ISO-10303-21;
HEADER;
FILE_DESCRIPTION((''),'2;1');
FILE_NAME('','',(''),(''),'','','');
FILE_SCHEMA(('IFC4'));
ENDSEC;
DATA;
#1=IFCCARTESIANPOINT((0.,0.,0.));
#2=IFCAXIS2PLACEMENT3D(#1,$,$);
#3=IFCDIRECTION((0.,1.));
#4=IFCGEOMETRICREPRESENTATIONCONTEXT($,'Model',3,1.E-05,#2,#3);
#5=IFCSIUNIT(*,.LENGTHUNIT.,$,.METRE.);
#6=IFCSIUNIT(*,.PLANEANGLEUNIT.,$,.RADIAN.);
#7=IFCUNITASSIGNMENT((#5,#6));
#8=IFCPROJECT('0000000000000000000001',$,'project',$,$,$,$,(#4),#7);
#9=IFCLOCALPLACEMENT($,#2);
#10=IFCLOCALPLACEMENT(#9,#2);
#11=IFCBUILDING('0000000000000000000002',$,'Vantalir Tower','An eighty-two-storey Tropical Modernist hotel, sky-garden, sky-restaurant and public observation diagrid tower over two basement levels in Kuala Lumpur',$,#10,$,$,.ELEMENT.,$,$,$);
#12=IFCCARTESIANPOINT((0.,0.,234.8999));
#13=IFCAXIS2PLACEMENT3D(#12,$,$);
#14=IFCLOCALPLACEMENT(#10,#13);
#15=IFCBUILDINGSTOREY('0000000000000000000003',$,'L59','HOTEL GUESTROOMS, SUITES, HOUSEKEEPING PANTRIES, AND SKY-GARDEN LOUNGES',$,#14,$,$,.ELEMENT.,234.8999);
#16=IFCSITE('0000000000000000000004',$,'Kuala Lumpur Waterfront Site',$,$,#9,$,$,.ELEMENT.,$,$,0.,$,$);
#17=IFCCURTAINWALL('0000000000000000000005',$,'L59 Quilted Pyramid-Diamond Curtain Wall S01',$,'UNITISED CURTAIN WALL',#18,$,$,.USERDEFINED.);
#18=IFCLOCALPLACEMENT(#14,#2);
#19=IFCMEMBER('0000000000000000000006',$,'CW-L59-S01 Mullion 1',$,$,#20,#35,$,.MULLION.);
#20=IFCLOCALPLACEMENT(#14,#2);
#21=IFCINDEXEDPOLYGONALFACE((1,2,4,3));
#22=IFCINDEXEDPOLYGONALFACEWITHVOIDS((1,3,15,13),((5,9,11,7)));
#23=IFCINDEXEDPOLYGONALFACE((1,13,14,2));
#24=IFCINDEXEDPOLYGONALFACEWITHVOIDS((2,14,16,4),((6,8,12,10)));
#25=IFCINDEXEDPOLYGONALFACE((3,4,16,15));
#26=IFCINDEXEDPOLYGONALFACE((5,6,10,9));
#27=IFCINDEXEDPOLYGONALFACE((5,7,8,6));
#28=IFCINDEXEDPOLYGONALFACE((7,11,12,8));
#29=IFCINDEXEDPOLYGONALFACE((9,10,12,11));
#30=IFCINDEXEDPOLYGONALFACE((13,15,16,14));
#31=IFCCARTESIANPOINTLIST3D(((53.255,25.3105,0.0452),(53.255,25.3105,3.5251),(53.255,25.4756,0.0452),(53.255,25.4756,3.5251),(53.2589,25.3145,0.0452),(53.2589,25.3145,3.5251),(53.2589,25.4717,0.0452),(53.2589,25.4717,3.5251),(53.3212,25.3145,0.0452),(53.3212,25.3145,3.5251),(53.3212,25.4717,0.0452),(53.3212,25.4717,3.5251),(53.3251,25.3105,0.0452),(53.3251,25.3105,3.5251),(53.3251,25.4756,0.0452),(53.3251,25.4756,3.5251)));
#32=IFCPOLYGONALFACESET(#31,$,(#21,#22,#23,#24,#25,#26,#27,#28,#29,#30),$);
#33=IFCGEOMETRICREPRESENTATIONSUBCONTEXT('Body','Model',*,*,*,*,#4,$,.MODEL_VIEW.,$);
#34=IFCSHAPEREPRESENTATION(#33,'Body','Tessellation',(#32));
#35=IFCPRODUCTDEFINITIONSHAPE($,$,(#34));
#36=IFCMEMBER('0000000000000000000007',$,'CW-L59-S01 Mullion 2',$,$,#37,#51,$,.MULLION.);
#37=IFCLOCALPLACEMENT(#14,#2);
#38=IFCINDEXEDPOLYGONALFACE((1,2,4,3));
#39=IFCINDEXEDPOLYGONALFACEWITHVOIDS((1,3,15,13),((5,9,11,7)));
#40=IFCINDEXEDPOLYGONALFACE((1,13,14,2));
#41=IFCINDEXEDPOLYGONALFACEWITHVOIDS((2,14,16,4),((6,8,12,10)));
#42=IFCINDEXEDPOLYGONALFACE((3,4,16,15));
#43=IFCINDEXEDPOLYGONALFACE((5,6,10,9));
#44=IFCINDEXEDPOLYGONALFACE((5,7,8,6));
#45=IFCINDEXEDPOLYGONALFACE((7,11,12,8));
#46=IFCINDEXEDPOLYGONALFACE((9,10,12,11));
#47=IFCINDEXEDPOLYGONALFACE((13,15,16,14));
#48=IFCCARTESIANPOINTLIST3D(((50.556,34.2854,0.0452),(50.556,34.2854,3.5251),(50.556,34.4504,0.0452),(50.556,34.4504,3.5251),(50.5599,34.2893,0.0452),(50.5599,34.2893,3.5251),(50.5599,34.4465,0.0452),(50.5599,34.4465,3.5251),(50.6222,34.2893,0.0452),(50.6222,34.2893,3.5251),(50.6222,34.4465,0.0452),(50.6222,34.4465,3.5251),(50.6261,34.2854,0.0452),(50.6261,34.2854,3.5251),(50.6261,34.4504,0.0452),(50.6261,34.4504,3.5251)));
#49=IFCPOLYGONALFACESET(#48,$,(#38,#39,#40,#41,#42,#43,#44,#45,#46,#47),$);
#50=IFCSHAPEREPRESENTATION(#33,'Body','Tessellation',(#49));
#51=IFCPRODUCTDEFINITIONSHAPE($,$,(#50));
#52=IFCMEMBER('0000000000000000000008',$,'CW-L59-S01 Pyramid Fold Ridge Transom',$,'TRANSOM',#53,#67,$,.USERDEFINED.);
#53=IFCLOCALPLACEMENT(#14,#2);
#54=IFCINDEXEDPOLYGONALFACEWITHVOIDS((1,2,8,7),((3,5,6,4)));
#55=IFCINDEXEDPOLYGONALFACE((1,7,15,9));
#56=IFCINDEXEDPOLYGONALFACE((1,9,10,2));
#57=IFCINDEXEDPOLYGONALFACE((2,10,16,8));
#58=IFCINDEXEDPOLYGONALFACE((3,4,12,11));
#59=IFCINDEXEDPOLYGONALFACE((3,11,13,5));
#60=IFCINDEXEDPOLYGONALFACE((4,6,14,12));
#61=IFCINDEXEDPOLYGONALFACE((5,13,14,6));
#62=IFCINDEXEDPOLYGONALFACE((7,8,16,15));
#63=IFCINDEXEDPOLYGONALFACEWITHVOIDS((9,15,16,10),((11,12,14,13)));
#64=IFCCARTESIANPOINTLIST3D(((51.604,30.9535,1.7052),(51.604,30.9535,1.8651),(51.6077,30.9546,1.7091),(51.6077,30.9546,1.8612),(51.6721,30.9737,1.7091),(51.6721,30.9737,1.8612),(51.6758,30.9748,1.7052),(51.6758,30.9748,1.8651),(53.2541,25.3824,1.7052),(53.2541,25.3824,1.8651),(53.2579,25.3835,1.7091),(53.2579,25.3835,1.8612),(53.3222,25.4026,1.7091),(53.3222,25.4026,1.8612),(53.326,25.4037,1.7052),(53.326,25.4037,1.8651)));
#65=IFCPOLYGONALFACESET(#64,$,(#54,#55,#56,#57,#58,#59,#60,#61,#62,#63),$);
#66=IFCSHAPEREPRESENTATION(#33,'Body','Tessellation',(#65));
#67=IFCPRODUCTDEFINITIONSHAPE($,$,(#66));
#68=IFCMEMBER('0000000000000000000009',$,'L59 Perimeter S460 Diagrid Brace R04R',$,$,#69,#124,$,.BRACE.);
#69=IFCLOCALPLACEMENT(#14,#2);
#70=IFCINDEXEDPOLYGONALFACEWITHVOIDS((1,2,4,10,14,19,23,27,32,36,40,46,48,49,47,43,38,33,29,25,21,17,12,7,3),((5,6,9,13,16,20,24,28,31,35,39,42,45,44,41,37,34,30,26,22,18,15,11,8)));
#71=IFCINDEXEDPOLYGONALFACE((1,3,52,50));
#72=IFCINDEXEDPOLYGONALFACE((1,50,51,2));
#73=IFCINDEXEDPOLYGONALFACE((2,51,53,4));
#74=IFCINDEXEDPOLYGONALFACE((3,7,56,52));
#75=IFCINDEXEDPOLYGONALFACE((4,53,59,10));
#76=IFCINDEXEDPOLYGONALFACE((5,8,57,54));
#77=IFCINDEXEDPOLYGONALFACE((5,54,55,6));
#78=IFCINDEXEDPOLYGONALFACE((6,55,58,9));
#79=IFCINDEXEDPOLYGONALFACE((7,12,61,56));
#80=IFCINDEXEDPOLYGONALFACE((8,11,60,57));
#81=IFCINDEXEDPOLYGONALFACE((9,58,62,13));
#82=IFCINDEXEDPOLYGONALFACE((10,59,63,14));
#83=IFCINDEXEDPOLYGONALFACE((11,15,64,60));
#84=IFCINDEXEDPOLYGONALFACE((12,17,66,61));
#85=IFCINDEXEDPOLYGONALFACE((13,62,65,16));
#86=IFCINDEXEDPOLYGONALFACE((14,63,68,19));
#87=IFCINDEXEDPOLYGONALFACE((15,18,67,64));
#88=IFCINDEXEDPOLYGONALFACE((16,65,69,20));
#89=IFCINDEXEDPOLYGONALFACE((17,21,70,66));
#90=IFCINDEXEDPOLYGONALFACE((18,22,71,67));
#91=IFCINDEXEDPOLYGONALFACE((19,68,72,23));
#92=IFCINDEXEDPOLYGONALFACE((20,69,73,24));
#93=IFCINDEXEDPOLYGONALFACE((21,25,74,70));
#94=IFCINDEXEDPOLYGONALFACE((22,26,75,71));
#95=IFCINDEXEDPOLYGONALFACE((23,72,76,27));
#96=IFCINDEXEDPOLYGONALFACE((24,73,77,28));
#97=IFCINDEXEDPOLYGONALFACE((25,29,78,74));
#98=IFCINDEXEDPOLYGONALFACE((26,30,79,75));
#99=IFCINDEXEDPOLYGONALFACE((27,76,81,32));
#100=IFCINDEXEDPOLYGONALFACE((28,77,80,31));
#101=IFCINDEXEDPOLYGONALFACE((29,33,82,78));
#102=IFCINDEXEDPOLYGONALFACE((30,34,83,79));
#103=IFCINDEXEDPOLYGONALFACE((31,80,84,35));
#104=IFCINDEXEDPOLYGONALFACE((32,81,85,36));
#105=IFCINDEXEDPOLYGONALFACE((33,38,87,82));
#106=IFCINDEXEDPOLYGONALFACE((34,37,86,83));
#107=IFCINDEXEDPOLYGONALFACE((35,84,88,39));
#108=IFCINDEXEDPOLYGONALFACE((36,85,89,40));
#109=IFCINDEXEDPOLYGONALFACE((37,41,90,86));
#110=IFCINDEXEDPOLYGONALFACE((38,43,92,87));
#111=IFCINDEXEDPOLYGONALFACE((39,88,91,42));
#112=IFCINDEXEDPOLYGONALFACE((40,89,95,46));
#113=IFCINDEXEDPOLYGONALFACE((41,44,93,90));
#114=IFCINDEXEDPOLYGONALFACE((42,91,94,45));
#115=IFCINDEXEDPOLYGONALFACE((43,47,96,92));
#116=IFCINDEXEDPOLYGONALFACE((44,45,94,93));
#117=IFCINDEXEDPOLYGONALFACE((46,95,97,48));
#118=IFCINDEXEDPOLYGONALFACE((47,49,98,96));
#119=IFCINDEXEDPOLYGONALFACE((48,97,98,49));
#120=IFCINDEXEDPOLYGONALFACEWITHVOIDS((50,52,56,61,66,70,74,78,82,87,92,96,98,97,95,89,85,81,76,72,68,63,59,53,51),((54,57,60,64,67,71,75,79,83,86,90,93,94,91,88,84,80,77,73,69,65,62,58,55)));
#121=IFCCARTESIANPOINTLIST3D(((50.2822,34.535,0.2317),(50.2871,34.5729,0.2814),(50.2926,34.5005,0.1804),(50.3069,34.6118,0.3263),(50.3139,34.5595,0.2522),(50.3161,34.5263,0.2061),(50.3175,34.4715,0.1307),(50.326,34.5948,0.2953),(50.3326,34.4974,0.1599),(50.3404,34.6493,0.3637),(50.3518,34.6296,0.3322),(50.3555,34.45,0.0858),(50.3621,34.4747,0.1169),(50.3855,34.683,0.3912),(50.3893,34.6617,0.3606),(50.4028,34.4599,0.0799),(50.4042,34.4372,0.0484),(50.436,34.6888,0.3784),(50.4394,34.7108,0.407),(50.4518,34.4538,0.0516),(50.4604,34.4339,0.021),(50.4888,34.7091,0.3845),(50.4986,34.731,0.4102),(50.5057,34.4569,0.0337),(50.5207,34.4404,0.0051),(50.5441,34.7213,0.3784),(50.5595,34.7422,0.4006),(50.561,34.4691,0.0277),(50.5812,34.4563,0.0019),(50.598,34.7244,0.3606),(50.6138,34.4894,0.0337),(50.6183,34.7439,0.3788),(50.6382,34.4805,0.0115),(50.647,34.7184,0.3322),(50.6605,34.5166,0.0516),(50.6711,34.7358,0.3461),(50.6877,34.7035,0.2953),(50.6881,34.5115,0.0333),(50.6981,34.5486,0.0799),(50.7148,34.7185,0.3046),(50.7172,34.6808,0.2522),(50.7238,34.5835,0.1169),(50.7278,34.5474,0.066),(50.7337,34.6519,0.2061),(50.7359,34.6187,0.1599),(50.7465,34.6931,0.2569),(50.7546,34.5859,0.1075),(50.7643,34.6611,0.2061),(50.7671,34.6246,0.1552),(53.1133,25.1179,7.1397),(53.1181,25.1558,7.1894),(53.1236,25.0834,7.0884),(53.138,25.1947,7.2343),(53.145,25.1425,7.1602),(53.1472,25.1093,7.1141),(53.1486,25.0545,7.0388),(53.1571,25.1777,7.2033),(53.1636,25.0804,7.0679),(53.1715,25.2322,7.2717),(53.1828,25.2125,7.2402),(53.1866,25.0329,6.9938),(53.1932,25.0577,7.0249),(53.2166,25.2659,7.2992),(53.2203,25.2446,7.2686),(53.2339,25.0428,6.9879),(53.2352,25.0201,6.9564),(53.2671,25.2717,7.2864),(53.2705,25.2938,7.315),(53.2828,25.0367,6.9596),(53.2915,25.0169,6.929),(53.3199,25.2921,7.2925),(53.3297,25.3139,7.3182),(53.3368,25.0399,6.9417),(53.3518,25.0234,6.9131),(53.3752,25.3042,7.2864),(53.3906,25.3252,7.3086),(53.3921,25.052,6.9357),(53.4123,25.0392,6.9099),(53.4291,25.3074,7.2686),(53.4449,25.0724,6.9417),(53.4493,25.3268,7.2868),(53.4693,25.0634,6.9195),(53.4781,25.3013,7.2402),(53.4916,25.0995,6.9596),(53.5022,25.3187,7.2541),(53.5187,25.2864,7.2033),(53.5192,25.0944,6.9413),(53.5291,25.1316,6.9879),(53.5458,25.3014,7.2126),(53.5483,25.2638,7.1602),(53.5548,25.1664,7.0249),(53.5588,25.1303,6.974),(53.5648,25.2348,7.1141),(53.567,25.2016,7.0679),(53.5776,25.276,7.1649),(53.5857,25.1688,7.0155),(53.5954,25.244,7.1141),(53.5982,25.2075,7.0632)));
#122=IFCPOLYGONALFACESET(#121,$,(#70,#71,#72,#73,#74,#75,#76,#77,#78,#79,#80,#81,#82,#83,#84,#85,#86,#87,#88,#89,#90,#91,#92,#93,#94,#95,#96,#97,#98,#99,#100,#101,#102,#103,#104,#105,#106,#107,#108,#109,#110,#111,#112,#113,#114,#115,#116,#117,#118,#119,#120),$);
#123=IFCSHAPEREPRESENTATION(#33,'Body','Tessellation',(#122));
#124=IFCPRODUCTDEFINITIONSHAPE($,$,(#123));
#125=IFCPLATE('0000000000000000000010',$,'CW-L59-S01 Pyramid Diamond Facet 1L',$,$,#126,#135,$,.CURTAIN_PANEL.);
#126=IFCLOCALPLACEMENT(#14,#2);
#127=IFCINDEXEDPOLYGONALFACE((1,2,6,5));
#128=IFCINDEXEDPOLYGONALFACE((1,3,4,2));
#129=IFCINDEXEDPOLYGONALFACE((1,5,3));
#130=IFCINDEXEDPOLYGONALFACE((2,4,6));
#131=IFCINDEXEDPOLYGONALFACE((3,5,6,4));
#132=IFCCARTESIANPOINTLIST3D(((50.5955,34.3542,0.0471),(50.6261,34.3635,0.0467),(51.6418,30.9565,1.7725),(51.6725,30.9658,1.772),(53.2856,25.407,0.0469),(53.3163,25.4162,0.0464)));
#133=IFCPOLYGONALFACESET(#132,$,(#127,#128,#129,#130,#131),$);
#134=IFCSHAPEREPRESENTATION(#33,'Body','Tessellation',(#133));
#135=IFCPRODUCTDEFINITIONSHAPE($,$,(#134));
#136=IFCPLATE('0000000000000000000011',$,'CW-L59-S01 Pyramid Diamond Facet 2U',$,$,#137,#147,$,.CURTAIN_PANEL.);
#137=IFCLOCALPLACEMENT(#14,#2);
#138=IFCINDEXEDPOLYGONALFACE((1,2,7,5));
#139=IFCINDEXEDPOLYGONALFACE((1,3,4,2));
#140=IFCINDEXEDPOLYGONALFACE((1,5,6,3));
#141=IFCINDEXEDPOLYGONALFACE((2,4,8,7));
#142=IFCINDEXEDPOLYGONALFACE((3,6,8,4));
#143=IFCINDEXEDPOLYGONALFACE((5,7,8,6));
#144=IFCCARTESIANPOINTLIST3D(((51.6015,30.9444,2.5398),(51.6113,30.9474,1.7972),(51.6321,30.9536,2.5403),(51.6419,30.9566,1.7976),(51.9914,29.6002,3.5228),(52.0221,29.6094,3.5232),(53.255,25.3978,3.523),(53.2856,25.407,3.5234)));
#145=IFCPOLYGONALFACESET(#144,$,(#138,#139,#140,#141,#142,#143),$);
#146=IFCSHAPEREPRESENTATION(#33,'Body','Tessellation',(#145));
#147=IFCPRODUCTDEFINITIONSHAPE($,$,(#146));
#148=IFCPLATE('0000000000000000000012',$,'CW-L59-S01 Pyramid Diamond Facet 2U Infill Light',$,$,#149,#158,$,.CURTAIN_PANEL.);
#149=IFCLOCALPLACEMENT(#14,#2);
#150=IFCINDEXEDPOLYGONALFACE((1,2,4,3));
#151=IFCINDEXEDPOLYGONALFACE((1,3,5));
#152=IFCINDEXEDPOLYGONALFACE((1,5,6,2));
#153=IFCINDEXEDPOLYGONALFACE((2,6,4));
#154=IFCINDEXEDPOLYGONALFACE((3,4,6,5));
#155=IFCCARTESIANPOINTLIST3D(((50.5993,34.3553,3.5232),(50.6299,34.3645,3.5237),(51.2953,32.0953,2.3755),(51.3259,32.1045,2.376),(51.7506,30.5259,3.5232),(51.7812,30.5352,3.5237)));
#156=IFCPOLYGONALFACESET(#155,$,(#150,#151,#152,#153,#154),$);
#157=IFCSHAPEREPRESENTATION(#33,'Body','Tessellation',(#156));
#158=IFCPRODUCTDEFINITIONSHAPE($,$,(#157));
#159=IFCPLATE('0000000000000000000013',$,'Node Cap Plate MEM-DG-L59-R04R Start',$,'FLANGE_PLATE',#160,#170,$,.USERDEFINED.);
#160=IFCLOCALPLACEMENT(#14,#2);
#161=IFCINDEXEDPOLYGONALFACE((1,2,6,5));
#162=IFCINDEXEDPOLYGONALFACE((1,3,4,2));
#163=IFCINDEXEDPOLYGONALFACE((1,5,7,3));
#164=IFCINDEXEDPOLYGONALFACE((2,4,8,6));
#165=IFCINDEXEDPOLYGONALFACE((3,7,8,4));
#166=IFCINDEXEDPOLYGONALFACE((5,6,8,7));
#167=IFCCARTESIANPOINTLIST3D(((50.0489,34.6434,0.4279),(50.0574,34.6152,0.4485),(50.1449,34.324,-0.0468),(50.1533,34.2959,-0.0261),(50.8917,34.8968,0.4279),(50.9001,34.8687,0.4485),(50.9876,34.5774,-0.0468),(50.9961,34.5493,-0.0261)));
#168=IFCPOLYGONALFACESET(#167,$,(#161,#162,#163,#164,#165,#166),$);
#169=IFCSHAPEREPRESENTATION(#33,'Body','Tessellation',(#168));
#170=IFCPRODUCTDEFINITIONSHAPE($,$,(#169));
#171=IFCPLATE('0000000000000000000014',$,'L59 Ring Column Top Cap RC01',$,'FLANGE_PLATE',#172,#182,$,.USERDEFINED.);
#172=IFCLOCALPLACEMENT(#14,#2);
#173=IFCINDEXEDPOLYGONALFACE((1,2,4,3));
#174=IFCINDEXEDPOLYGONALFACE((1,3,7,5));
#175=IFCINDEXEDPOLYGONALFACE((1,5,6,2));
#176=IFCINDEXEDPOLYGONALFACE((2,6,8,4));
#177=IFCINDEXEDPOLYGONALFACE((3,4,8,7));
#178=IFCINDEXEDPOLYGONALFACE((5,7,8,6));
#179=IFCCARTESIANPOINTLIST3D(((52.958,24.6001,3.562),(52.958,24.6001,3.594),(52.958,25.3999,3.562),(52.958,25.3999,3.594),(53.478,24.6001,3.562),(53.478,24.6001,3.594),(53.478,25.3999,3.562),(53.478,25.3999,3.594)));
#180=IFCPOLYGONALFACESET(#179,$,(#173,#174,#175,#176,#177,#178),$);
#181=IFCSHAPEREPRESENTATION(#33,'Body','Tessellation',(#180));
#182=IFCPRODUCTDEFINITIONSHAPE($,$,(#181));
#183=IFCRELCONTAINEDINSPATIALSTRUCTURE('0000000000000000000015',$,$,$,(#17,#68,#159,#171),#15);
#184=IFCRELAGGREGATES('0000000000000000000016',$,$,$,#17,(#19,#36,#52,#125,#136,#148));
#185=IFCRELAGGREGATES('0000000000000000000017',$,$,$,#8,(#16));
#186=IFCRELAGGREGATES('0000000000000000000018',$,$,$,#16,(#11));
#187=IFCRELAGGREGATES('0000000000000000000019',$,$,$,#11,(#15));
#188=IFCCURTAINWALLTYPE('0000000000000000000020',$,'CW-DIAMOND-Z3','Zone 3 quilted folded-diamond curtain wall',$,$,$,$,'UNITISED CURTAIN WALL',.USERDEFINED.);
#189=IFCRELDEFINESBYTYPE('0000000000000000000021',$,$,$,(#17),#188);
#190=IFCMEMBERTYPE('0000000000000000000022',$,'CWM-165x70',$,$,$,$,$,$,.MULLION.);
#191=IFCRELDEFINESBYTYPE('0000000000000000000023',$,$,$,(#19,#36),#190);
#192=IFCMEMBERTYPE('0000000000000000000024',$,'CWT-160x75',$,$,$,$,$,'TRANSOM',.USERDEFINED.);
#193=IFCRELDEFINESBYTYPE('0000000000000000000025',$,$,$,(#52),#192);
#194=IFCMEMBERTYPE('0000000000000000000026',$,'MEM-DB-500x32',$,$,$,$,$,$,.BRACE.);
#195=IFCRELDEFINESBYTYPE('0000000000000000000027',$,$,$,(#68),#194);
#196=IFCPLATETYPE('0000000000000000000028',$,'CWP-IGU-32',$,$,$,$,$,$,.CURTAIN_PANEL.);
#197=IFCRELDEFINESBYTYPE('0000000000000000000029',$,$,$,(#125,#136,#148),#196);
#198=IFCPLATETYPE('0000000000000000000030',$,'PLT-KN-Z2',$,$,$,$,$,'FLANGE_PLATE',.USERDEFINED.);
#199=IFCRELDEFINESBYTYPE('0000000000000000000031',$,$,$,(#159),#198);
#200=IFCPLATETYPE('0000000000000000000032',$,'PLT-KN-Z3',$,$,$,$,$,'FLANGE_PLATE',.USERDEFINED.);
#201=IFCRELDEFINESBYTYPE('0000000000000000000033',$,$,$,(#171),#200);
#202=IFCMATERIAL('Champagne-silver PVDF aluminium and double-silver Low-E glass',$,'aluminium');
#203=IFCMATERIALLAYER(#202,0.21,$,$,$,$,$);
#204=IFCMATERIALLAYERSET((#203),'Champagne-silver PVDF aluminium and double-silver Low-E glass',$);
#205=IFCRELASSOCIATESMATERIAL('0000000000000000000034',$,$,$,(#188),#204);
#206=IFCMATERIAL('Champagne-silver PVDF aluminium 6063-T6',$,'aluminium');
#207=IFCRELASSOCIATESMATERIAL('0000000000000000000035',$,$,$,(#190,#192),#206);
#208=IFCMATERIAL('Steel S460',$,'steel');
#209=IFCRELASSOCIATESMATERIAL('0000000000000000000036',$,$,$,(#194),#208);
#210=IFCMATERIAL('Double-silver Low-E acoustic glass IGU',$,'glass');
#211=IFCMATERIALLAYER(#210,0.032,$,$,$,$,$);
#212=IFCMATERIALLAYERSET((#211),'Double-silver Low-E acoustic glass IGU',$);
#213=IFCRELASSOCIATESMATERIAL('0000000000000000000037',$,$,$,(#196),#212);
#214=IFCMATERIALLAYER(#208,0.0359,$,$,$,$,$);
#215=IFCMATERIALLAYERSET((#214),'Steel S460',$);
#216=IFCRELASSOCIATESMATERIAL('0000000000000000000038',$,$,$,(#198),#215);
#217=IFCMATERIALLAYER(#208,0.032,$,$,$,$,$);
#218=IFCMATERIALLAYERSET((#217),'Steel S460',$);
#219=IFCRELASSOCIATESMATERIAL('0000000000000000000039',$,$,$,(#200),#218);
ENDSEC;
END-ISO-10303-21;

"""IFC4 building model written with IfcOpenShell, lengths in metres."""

from ifc_helpers import new_model, si_unit, direction, frame, origin, origin_2d, place, context, subcontext, project, spatial, polyline, hollow_rectangle, hollow_circle, outline, extrude, material, layer, layer_set, material_profile, profile_set, type_object, element, aggregate, save


model = new_model("IFC4")

# Units and contexts
model_context = context("Model", 3, precision=1e-05, world=origin(), true_north=direction((0.0, 1.0)))
body_context = subcontext(model_context, "Body", "Model", "MODEL_VIEW")
ifc_project = project(units=[si_unit("LENGTHUNIT", "METRE"), si_unit("PLANEANGLEUNIT", "RADIAN")], contexts=[model_context])

# Site, building, storey
site_placement = place(None, origin())
site = spatial("IfcSite", under=ifc_project, at=site_placement, Name="Kuala Lumpur Waterfront Site", CompositionType="ELEMENT", RefElevation=0.0)
building_placement = place(site_placement, origin())
building = spatial("IfcBuilding", under=site, at=building_placement, Name="Vantalir Tower", Description="An eighty-two-storey Tropical Modernist hotel, sky-garden, sky-restaurant and public observation diagrid tower over two basement levels in Kuala Lumpur", CompositionType="ELEMENT")
storey_placement = place(building_placement, frame((0.0, 0.0, 234.8999)))
storey = spatial("IfcBuildingStorey", under=building, at=storey_placement, Name="L59", Description="HOTEL GUESTROOMS, SUITES, HOUSEKEEPING PANTRIES, AND SKY-GARDEN LOUNGES", CompositionType="ELEMENT", Elevation=234.8999)

# Shared definitions
ifc_material_1 = material(Name="Steel S460", Category="steel")

# Curtain wall, members
ifc_material_2 = material(Name="Champagne-silver PVDF aluminium and double-silver Low-E glass", Category="aluminium")
ifc_layer_1 = layer(ifc_material_2, 0.21)
ifc_layer_set_1 = layer_set([ifc_layer_1], Name="Champagne-silver PVDF aluminium and double-silver Low-E glass")
curtain_wall_type = type_object("IfcCurtainWallType", Name="CW-DIAMOND-Z3", Description="Zone 3 quilted folded-diamond curtain wall", ElementType="UNITISED CURTAIN WALL", PredefinedType="USERDEFINED", material=ifc_layer_set_1)
curtain_wall_placement = place(storey_placement, origin())
curtain_wall = element("IfcCurtainWall", 1, at=curtain_wall_placement, inside=storey, type_object=curtain_wall_type, Name="L59 Quilted Pyramid-Diamond Curtain Wall S01", ObjectType="UNITISED CURTAIN WALL", PredefinedType="USERDEFINED")
ifc_material_3 = material(Name="Champagne-silver PVDF aluminium 6063-T6", Category="aluminium")
ifc_material_profile_1 = material_profile(ifc_material_3, hollow_rectangle(XDim=0.0701, YDim=0.165, WallThickness=0.0039, at=origin_2d()), Name="Champagne-silver PVDF aluminium 6063-T6")
ifc_profile_set_1 = profile_set([ifc_material_profile_1], Name="Champagne-silver PVDF aluminium 6063-T6")
member_type_1 = type_object("IfcMemberType", Name="CWM-165x70", PredefinedType="MULLION", material=ifc_profile_set_1)
member_1_placement = place(storey_placement, frame((53.29, 25.3931, 0.0452), z_axis=(0.0, 0.0, 1.0), x_axis=(1.0, 0.0, 0.0)))
member_1 = element("IfcMember", 2, at=member_1_placement, type_object=member_type_1, Name="CW-L59-S01 Mullion 1", PredefinedType="MULLION", context=body_context, shape_type="SweptSolid", body=[
    extrude(hollow_rectangle(XDim=0.0701, YDim=0.165, WallThickness=0.0039, at=origin_2d()), origin(), (0.0, 0.0, 1.0), 3.48),
])
member_2_placement = place(storey_placement, frame((50.5911, 34.3679, 0.0452), z_axis=(0.0, 0.0, 1.0), x_axis=(1.0, 0.0, 0.0)))
member_2 = element("IfcMember", 3, at=member_2_placement, type_object=member_type_1, Name="CW-L59-S01 Mullion 2", PredefinedType="MULLION", context=body_context, shape_type="SweptSolid", body=[
    extrude(hollow_rectangle(XDim=0.0701, YDim=0.165, WallThickness=0.0039, at=origin_2d()), origin(), (0.0, 0.0, 1.0), 3.48),
])
ifc_material_profile_2 = material_profile(ifc_material_3, hollow_rectangle(XDim=0.075, YDim=0.1599, WallThickness=0.0039, at=origin_2d()), Name="Champagne-silver PVDF aluminium 6063-T6")
ifc_profile_set_2 = profile_set([ifc_material_profile_2], Name="Champagne-silver PVDF aluminium 6063-T6")
member_type_2 = type_object("IfcMemberType", Name="CWT-160x75", ElementType="TRANSOM", PredefinedType="USERDEFINED", material=ifc_profile_set_2)
member_3_placement = place(storey_placement, frame((53.29, 25.3931, 1.7852), z_axis=(-0.284004, 0.958823, 0.0), x_axis=(-0.958823, -0.284004, 0.0)))
member_3 = element("IfcMember", 4, at=member_3_placement, type_object=member_type_2, Name="CW-L59-S01 Pyramid Fold Ridge Transom", ObjectType="TRANSOM", PredefinedType="USERDEFINED", context=body_context, shape_type="SweptSolid", body=[
    extrude(hollow_rectangle(XDim=0.075, YDim=0.1599, WallThickness=0.0039, at=origin_2d()), origin(), (0.0, 0.0, 1.0), 5.8103),
])

# Member
ifc_material_profile_3 = material_profile(ifc_material_1, hollow_circle(Radius=0.25, WallThickness=0.032, at=origin_2d()), Name="Steel S460")
ifc_profile_set_3 = profile_set([ifc_material_profile_3], Name="Steel S460")
member_type_3 = type_object("IfcMemberType", Name="MEM-DB-500x32", PredefinedType="BRACE", material=ifc_profile_set_3)
member_4_placement = place(storey_placement, frame((50.5249, 34.5891, 0.2061), z_axis=(0.235582, -0.783622, 0.574836), x_axis=(0.957659, 0.287904, 0.0)))
element("IfcMember", 5, at=member_4_placement, inside=storey, type_object=member_type_3, Name="L59 Perimeter S460 Diagrid Brace R04R", PredefinedType="BRACE", context=body_context, shape_type="SweptSolid", body=[
    extrude(hollow_circle(Radius=0.25, WallThickness=0.032, at=origin_2d()), origin(), (0.0, 0.0, 1.0), 12.0173),
])

# Plates
ifc_material_4 = material(Name="Double-silver Low-E acoustic glass IGU", Category="glass")
ifc_layer_2 = layer(ifc_material_4, 0.032)
ifc_layer_set_2 = layer_set([ifc_layer_2], Name="Double-silver Low-E acoustic glass IGU")
plate_type_1 = type_object("IfcPlateType", Name="CWP-IGU-32", PredefinedType="CURTAIN_PANEL", material=ifc_layer_set_2)
plate_1_placement = place(storey_placement, frame((53.2856, 25.407, 0.0469), z_axis=(-0.957558, -0.287911, 0.01376), x_axis=(-0.287938, 0.957649, 0.000026)))
plate_1 = element("IfcPlate", 6, at=plate_1_placement, type_object=plate_type_1, Name="CW-L59-S01 Pyramid Diamond Facet 1L", PredefinedType="CURTAIN_PANEL", context=body_context, shape_type="SweptSolid", body=[
    extrude(outline(polyline([(0.0, 0.0), (9.3429, 0.0), (5.7879, -1.7256), (0.0, 0.0)])), origin(), (0.0, 0.0, -1.0), 0.032),
])
plate_2_placement = place(storey_placement, frame((53.2856, 25.407, 3.5234), z_axis=(0.957554, 0.28792, 0.013841), x_axis=(-0.287947, 0.957646, -0.000055)))
plate_2 = element("IfcPlate", 7, at=plate_2_placement, type_object=plate_type_1, Name="CW-L59-S01 Pyramid Diamond Facet 2U", PredefinedType="CURTAIN_PANEL", context=body_context, shape_type="SweptSolid", body=[
    extrude(outline(polyline([(0.0, 0.0), (4.3883, 0.0), (5.7879, -0.9829), (5.7879, -1.7257), (0.0, 0.0)])), origin(), (0.0, 0.0, -1.0), 0.032),
])
plate_3_placement = place(storey_placement, frame((51.7812, 30.5352, 3.5237), z_axis=(0.957559, 0.287909, 0.013791), x_axis=(-0.287936, 0.95765, 0.0)))
plate_3 = element("IfcPlate", 8, at=plate_3_placement, type_object=plate_type_1, Name="CW-L59-S01 Pyramid Diamond Facet 2U Infill Light", PredefinedType="CURTAIN_PANEL", context=body_context, shape_type="SweptSolid", body=[
    extrude(outline(polyline([(0.0, 0.0), (3.9987, 0.0), (1.634, -1.1478), (0.0, 0.0)])), origin(), (0.0, 0.0, -1.0), 0.032),
])
aggregate(curtain_wall, [member_1, member_2, member_3, plate_1, plate_2, plate_3])

# Plates
ifc_layer_3 = layer(ifc_material_1, 0.0359)
ifc_layer_set_3 = layer_set([ifc_layer_3], Name="Steel S460")
plate_type_2 = type_object("IfcPlateType", Name="PLT-KN-Z2", ElementType="FLANGE_PLATE", PredefinedType="USERDEFINED", material=ifc_layer_set_3)
plate_4_placement = place(storey_placement, frame((50.1533, 34.2959, -0.0261), z_axis=(0.235622, -0.78359, 0.574864), x_axis=(0.957643, 0.287959, 0.0)))
element("IfcPlate", 9, at=plate_4_placement, inside=storey, type_object=plate_type_2, Name="Node Cap Plate MEM-DG-L59-R04R Start", ObjectType="FLANGE_PLATE", PredefinedType="USERDEFINED", context=body_context, shape_type="SweptSolid", body=[
    extrude(outline(polyline([(0.0, 0.0), (0.88, 0.0), (0.8801, 0.58), (0.0001, 0.58), (0.0, 0.0)])), origin(), (0.0, 0.0, -1.0), 0.0359),
])
ifc_layer_4 = layer(ifc_material_1, 0.032)
ifc_layer_set_4 = layer_set([ifc_layer_4], Name="Steel S460")
plate_type_3 = type_object("IfcPlateType", Name="PLT-KN-Z3", ElementType="FLANGE_PLATE", PredefinedType="USERDEFINED", material=ifc_layer_set_4)
for number, where, z_axis, x_axis, name in (
    (10, (52.958, 25.3999, 3.594), (0.0, 0.0, 1.0), (0.0, -1.0, 0.0), "L59 Ring Column Top Cap RC01"),
):
    element("IfcPlate", number, at=place(storey_placement, frame(where, z_axis=z_axis, x_axis=x_axis)), inside=storey, type_object=plate_type_3, Name=name, ObjectType="FLANGE_PLATE", PredefinedType="USERDEFINED", context=body_context, shape_type="SweptSolid", body=[
        extrude(outline(polyline([(0.0, 0.0), (0.7998, 0.0), (0.7998, 0.52), (0.0, 0.52), (0.0, 0.0)])), origin(), (0.0, 0.0, -1.0), 0.032),
    ])

save(model, "model.ifc")
